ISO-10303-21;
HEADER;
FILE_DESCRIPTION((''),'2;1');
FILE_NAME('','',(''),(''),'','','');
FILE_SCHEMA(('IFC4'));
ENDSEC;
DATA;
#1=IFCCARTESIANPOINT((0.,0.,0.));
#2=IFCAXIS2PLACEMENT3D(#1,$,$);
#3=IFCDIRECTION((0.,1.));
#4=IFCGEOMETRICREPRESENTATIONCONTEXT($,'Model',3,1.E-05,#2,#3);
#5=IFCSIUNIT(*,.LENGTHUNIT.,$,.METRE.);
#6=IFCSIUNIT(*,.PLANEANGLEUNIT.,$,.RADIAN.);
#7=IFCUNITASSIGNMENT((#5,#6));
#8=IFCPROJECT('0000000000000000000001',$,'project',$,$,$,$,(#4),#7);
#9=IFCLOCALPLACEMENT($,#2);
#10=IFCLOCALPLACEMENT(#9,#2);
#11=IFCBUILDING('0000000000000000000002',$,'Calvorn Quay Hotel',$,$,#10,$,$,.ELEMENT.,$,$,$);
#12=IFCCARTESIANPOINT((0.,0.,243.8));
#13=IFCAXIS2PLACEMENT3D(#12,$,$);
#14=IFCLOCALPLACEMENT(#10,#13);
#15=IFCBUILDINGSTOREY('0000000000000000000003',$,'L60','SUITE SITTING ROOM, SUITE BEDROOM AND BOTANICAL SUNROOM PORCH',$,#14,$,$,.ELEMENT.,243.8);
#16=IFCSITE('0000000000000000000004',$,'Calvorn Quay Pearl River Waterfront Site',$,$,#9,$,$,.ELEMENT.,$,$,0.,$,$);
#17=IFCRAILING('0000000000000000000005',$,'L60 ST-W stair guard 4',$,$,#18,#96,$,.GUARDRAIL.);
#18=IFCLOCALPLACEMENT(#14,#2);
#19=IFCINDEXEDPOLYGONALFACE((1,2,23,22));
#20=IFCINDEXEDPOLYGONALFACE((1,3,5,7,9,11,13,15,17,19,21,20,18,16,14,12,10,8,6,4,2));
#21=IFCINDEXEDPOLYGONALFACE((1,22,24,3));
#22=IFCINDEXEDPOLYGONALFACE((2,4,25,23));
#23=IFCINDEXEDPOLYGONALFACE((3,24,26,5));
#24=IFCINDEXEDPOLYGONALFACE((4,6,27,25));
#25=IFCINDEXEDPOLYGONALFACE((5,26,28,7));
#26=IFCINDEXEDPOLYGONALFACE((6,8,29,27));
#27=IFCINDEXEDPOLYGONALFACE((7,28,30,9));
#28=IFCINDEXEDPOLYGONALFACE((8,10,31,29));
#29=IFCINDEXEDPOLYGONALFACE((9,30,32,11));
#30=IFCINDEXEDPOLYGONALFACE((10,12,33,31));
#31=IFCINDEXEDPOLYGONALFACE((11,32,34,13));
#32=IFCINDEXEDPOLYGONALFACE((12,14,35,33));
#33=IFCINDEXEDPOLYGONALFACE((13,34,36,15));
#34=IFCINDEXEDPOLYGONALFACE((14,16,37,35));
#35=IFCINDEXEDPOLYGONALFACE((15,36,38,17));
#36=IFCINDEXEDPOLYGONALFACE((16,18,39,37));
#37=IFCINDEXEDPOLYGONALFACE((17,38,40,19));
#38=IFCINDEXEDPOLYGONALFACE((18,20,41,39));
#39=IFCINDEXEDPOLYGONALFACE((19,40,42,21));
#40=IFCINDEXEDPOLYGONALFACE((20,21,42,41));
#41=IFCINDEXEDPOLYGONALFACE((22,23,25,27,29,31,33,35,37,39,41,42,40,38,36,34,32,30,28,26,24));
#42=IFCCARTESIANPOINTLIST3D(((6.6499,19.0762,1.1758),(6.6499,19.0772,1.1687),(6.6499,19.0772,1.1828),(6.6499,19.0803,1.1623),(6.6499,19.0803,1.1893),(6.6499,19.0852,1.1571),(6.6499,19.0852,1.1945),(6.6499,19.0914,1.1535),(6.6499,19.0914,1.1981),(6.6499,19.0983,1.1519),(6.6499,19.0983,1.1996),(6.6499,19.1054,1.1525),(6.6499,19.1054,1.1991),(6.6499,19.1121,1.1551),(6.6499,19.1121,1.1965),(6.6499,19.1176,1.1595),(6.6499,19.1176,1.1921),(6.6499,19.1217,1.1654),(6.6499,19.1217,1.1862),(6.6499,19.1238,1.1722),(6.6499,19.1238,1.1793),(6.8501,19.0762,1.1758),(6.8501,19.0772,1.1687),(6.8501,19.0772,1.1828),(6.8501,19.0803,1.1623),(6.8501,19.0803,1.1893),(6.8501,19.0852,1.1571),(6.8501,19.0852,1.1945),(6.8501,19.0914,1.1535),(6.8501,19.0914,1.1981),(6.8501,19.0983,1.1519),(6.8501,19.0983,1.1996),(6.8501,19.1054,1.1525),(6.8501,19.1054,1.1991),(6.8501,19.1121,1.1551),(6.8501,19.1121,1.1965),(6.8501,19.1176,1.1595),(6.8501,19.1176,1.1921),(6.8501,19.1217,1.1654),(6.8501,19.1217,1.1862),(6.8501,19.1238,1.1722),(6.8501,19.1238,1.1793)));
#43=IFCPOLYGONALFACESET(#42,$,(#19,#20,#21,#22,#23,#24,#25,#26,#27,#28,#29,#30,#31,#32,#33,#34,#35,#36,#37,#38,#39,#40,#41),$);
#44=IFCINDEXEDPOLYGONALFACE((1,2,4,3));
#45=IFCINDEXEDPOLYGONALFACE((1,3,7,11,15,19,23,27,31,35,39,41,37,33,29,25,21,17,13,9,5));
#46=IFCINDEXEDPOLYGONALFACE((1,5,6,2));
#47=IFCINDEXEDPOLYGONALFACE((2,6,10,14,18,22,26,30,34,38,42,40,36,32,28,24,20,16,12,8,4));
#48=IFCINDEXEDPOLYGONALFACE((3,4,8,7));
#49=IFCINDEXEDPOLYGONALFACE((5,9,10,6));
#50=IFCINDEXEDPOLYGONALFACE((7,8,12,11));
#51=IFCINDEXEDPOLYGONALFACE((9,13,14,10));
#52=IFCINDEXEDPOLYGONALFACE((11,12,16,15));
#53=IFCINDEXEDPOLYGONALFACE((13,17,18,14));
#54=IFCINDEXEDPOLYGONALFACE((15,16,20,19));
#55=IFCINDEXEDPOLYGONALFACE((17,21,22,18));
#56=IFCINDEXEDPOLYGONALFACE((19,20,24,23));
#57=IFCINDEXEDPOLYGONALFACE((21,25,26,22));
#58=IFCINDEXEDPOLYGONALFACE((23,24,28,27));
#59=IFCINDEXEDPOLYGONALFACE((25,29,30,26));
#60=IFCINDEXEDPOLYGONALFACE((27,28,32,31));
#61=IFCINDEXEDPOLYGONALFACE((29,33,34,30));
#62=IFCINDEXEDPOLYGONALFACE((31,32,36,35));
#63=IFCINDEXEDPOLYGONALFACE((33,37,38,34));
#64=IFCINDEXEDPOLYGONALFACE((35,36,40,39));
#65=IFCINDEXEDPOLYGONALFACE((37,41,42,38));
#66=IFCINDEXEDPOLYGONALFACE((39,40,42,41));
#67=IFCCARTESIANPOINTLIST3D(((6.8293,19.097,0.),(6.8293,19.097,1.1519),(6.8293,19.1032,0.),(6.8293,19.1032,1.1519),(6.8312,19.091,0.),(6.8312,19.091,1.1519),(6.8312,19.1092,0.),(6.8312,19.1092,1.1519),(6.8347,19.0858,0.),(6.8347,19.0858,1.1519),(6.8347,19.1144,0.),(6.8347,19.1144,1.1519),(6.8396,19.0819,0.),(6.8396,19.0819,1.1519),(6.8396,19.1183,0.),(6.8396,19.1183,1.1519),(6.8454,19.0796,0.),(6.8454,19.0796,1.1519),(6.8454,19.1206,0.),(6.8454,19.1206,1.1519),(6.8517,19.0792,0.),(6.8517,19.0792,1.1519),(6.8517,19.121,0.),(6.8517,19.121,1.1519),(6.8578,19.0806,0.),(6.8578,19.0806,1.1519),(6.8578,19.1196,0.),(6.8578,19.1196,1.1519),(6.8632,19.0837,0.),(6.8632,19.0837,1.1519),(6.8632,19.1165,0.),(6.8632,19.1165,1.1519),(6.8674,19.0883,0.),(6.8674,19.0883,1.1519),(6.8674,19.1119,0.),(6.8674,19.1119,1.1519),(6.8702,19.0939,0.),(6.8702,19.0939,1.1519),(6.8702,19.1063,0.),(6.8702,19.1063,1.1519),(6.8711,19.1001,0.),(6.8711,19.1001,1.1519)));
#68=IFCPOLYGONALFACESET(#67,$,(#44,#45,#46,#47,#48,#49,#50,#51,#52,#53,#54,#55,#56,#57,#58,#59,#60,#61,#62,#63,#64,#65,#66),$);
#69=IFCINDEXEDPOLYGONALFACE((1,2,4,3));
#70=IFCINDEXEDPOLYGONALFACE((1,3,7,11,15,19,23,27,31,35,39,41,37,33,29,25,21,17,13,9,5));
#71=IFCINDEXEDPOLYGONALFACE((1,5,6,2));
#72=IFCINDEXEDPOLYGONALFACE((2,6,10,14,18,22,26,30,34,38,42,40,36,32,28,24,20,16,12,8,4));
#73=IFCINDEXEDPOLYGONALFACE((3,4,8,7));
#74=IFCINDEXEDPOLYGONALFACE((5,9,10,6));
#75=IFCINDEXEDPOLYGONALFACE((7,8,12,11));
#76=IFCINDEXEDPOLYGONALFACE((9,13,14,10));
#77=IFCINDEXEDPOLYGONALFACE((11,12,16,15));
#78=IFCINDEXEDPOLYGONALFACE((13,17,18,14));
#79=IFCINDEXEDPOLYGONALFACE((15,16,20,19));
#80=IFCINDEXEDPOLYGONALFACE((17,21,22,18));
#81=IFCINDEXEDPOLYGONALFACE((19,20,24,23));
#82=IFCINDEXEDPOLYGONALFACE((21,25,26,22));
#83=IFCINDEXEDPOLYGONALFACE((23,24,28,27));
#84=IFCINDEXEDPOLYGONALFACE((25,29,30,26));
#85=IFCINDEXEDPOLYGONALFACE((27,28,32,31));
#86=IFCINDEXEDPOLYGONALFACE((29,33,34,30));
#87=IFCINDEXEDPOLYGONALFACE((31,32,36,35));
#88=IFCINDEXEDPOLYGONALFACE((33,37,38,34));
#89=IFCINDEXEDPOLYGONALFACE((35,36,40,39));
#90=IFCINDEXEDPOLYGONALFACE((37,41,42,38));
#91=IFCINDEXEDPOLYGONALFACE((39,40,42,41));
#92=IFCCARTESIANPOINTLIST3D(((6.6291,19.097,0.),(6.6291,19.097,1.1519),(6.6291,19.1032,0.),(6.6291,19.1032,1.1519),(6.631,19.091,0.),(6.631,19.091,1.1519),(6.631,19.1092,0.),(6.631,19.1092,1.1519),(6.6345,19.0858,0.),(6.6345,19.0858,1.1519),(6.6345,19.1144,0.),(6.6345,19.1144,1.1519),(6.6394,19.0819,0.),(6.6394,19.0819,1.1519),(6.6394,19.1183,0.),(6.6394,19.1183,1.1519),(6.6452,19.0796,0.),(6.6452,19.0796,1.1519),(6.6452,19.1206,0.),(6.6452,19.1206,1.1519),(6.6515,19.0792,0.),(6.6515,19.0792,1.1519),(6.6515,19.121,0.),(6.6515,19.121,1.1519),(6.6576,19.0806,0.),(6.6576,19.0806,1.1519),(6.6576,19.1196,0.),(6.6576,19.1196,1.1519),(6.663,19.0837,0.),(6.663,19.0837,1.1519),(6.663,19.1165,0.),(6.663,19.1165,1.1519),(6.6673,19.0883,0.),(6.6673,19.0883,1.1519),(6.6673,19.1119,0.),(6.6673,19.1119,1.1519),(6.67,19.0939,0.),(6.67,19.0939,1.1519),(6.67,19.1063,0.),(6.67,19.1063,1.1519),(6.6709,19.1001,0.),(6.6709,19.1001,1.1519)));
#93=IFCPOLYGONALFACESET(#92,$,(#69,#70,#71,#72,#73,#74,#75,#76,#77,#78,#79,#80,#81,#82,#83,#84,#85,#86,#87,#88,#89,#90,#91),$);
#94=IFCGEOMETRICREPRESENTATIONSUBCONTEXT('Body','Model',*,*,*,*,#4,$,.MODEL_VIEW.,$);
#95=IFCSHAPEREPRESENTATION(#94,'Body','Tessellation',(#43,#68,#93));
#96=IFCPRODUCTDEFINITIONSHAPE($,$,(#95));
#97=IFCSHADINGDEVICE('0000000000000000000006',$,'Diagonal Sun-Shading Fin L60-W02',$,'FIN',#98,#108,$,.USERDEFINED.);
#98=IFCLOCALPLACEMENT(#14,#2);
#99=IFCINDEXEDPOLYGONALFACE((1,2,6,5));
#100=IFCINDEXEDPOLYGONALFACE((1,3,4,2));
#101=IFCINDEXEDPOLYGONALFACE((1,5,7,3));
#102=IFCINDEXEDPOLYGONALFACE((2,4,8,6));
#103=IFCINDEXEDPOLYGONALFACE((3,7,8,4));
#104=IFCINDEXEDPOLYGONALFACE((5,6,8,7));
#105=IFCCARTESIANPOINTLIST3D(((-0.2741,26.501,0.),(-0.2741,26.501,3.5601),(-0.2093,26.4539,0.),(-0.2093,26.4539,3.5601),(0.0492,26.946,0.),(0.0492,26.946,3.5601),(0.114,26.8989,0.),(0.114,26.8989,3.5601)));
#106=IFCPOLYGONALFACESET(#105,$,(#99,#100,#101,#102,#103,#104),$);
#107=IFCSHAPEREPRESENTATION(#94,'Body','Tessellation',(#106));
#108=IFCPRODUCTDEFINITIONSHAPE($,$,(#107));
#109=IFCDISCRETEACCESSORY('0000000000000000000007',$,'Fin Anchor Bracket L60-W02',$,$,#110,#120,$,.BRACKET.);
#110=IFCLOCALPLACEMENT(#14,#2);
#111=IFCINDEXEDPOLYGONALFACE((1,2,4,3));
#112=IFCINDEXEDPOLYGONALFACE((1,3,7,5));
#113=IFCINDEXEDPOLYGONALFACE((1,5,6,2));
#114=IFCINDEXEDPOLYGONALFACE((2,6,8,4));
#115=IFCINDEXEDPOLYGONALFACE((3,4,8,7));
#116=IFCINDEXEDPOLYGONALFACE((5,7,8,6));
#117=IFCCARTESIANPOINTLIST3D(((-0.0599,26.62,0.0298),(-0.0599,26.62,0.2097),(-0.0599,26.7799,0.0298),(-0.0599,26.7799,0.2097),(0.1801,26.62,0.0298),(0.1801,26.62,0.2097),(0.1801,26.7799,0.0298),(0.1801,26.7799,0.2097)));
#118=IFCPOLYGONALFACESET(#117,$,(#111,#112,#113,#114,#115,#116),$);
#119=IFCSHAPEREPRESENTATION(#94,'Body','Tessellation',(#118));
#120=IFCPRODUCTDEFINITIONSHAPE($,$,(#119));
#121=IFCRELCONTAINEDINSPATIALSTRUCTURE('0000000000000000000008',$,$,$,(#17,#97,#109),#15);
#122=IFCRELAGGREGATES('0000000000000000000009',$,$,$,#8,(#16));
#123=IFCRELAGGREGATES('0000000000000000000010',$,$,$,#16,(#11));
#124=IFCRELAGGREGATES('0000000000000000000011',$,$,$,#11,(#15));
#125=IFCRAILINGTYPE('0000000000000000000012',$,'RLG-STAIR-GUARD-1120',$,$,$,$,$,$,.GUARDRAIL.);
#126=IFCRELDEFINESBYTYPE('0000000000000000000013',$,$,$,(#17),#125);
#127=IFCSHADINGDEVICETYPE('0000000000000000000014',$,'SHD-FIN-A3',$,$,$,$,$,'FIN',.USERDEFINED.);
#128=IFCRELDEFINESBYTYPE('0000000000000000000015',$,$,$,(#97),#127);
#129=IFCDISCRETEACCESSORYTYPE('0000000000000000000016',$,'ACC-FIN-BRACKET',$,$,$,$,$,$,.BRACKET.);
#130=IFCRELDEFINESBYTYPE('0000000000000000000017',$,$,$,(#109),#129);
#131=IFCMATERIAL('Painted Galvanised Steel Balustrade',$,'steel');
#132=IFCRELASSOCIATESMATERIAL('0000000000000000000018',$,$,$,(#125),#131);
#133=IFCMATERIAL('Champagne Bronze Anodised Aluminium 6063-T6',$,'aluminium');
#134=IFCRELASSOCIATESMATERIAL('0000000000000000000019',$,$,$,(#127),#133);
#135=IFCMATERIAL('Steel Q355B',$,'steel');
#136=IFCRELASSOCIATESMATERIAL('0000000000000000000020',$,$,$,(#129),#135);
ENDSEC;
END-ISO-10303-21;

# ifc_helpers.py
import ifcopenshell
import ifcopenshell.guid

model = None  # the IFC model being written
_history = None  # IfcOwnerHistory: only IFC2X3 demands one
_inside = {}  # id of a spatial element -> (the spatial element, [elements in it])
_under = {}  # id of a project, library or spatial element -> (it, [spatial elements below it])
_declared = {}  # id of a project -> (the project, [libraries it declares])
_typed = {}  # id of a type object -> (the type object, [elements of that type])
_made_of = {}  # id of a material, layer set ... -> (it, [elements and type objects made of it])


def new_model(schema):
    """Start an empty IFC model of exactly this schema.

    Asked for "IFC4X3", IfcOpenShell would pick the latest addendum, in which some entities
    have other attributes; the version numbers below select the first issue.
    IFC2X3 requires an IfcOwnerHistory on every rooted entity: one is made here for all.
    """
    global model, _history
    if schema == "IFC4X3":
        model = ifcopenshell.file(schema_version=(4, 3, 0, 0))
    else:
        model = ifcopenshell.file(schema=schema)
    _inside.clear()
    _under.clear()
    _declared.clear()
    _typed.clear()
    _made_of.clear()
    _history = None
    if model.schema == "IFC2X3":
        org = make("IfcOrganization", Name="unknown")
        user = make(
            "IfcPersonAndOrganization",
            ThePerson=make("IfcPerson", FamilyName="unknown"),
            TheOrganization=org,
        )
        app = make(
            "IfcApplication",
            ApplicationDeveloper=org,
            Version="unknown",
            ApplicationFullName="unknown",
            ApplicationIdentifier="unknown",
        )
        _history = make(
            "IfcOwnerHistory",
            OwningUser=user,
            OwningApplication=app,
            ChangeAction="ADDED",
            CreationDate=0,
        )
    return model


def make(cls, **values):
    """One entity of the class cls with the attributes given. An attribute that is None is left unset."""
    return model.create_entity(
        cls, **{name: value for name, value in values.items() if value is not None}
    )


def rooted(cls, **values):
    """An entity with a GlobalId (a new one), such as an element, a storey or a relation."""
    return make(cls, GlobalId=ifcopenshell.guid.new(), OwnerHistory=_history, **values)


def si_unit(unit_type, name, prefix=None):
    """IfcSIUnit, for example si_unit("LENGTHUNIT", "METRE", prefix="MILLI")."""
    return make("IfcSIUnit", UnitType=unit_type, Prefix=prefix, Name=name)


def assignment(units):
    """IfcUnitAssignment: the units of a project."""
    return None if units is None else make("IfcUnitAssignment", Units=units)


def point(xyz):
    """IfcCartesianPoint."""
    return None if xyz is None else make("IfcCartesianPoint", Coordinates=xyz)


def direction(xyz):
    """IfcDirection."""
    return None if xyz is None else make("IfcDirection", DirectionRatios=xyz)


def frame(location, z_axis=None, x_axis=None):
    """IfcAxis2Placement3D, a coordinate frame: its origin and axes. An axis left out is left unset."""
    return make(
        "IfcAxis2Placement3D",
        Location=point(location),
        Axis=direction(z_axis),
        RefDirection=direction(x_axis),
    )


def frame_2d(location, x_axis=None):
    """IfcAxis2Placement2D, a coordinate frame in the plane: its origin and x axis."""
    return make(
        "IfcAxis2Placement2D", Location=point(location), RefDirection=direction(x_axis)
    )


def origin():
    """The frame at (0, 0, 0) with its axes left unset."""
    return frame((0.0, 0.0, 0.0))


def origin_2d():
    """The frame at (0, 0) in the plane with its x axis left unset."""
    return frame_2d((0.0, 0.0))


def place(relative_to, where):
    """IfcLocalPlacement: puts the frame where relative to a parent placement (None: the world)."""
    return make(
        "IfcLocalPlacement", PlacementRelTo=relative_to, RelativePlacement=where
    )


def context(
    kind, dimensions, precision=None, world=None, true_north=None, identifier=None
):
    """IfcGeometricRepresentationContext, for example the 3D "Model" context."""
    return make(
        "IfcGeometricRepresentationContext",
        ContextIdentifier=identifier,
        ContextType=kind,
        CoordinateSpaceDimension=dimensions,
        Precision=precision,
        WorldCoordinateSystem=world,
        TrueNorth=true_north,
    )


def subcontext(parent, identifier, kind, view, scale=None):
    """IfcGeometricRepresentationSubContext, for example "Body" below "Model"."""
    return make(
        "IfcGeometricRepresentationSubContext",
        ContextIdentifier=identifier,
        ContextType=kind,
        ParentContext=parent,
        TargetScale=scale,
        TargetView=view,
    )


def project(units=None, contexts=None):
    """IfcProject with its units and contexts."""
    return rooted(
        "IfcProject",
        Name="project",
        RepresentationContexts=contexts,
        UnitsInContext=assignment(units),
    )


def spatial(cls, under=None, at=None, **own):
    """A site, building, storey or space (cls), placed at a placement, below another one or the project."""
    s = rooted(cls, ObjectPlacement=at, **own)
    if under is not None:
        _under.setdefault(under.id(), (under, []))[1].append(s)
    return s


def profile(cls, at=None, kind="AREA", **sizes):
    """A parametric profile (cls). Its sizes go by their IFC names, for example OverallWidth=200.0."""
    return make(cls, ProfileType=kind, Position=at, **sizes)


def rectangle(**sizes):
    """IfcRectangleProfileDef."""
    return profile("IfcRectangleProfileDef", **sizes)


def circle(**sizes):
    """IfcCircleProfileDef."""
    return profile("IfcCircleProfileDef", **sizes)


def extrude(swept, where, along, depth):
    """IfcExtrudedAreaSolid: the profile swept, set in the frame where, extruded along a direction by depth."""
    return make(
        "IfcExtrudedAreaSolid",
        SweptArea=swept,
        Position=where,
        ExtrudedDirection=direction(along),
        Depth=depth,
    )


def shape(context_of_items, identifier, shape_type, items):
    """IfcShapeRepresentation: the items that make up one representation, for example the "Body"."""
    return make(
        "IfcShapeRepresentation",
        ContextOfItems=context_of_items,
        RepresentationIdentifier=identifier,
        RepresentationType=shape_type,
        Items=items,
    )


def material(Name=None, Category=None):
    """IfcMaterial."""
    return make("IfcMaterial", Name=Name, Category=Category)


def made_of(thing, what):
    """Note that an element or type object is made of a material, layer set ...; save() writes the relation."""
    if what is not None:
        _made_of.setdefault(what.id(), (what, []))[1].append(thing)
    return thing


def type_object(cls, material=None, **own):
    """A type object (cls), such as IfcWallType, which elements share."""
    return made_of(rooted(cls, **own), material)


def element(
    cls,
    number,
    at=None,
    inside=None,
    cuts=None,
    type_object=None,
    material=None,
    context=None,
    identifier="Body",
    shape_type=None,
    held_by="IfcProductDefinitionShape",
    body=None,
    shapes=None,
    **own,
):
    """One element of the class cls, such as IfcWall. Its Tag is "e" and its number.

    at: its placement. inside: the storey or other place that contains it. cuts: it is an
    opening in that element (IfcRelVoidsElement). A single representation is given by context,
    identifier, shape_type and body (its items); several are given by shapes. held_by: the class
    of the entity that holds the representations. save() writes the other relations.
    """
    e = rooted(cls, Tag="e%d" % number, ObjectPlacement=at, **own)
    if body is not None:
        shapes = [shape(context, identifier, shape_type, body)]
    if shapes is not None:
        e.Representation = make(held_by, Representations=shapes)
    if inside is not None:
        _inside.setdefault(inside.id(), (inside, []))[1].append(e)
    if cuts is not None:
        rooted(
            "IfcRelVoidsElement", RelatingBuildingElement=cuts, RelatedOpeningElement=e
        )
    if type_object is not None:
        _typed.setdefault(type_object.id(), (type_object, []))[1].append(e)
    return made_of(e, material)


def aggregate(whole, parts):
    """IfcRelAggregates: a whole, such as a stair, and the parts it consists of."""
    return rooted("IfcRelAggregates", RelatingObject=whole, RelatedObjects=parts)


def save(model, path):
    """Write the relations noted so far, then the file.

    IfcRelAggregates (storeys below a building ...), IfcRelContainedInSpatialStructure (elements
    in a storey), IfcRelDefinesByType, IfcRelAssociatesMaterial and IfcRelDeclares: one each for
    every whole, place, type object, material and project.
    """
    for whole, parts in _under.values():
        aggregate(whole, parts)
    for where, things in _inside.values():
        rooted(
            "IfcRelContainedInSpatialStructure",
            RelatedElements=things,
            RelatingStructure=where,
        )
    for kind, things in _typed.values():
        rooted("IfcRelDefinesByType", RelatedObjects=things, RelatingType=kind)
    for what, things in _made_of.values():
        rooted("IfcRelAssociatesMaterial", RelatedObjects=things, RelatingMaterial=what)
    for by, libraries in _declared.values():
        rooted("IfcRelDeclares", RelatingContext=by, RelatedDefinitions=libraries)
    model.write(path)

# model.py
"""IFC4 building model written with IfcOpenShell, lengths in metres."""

from ifc_helpers import new_model, si_unit, direction, frame, origin, origin_2d, place, context, subcontext, project, spatial, rectangle, circle, extrude, material, type_object, element, save


model = new_model("IFC4")

# Units and contexts
model_context = context("Model", 3, precision=1e-05, world=origin(), true_north=direction((0.0, 1.0)))
body_context = subcontext(model_context, "Body", "Model", "MODEL_VIEW")
ifc_project = project(units=[si_unit("LENGTHUNIT", "METRE"), si_unit("PLANEANGLEUNIT", "RADIAN")], contexts=[model_context])

# Site, building, storey
site_placement = place(None, origin())
site = spatial("IfcSite", under=ifc_project, at=site_placement, Name="Calvorn Quay Pearl River Waterfront Site", CompositionType="ELEMENT", RefElevation=0.0)
building_placement = place(site_placement, origin())
building = spatial("IfcBuilding", under=site, at=building_placement, Name="Calvorn Quay Hotel", CompositionType="ELEMENT")
storey_placement = place(building_placement, frame((0.0, 0.0, 243.8)))
storey = spatial("IfcBuildingStorey", under=building, at=storey_placement, Name="L60", Description="SUITE SITTING ROOM, SUITE BEDROOM AND BOTANICAL SUNROOM PORCH", CompositionType="ELEMENT", Elevation=243.8)

# Railing
ifc_material_1 = material(Name="Painted Galvanised Steel Balustrade", Category="steel")
railing_type_1 = type_object("IfcRailingType", Name="RLG-STAIR-GUARD-1120", PredefinedType="GUARDRAIL", material=ifc_material_1)
railing_1_placement = place(storey_placement, frame((6.8501, 19.1001, 0.0)))
element("IfcRailing", 1, at=railing_1_placement, inside=storey, type_object=railing_type_1, Name="L60 ST-W stair guard 4", PredefinedType="GUARDRAIL", context=body_context, shape_type="SweptSolid", body=[
    extrude(circle(Radius=0.0239, at=origin_2d()), frame((0.0, 0.0, 1.1758), z_axis=(-1.0, 0.0, 0.0), x_axis=(0.0, -1.0, 0.0)), (0.0, 0.0, 1.0), 0.2002),
    extrude(circle(Radius=0.021, at=origin_2d()), origin(), (0.0, 0.0, 1.0), 1.1519),
    extrude(circle(Radius=0.021, at=origin_2d()), frame((-0.2002, 0.0, 0.0)), (0.0, 0.0, 1.0), 1.1519),
])

# Shading device
ifc_material_2 = material(Name="Champagne Bronze Anodised Aluminium 6063-T6", Category="aluminium")
shading_device_type = type_object("IfcShadingDeviceType", Name="SHD-FIN-A3", ElementType="FIN", PredefinedType="USERDEFINED", material=ifc_material_2)
shading_device_placement = place(storey_placement, frame((-0.0801, 26.7, 0.0), z_axis=(0.0, 0.0, 1.0), x_axis=(0.587785, 0.809017, 0.0)))
element("IfcShadingDevice", 2, at=shading_device_placement, inside=storey, type_object=shading_device_type, Name="Diagonal Sun-Shading Fin L60-W02", ObjectType="FIN", PredefinedType="USERDEFINED", context=body_context, shape_type="SweptSolid", body=[
    extrude(rectangle(XDim=0.55, YDim=0.0801, at=origin_2d()), origin(), (0.0, 0.0, 1.0), 3.5601),
])

# Discrete accessory
ifc_material_3 = material(Name="Steel Q355B", Category="steel")
discrete_accessory_type = type_object("IfcDiscreteAccessoryType", Name="ACC-FIN-BRACKET", PredefinedType="BRACKET", material=ifc_material_3)
discrete_accessory_placement = place(storey_placement, frame((0.0601, 26.7, 0.0298), z_axis=(0.0, 0.0, 1.0), x_axis=(1.0, 0.0, 0.0)))
element("IfcDiscreteAccessory", 3, at=discrete_accessory_placement, inside=storey, type_object=discrete_accessory_type, Name="Fin Anchor Bracket L60-W02", PredefinedType="BRACKET", context=body_context, shape_type="SweptSolid", body=[
    extrude(rectangle(XDim=0.24, YDim=0.1599, at=origin_2d()), origin(), (0.0, 0.0, 1.0), 0.1799),
])

save(model, "model.ifc")
